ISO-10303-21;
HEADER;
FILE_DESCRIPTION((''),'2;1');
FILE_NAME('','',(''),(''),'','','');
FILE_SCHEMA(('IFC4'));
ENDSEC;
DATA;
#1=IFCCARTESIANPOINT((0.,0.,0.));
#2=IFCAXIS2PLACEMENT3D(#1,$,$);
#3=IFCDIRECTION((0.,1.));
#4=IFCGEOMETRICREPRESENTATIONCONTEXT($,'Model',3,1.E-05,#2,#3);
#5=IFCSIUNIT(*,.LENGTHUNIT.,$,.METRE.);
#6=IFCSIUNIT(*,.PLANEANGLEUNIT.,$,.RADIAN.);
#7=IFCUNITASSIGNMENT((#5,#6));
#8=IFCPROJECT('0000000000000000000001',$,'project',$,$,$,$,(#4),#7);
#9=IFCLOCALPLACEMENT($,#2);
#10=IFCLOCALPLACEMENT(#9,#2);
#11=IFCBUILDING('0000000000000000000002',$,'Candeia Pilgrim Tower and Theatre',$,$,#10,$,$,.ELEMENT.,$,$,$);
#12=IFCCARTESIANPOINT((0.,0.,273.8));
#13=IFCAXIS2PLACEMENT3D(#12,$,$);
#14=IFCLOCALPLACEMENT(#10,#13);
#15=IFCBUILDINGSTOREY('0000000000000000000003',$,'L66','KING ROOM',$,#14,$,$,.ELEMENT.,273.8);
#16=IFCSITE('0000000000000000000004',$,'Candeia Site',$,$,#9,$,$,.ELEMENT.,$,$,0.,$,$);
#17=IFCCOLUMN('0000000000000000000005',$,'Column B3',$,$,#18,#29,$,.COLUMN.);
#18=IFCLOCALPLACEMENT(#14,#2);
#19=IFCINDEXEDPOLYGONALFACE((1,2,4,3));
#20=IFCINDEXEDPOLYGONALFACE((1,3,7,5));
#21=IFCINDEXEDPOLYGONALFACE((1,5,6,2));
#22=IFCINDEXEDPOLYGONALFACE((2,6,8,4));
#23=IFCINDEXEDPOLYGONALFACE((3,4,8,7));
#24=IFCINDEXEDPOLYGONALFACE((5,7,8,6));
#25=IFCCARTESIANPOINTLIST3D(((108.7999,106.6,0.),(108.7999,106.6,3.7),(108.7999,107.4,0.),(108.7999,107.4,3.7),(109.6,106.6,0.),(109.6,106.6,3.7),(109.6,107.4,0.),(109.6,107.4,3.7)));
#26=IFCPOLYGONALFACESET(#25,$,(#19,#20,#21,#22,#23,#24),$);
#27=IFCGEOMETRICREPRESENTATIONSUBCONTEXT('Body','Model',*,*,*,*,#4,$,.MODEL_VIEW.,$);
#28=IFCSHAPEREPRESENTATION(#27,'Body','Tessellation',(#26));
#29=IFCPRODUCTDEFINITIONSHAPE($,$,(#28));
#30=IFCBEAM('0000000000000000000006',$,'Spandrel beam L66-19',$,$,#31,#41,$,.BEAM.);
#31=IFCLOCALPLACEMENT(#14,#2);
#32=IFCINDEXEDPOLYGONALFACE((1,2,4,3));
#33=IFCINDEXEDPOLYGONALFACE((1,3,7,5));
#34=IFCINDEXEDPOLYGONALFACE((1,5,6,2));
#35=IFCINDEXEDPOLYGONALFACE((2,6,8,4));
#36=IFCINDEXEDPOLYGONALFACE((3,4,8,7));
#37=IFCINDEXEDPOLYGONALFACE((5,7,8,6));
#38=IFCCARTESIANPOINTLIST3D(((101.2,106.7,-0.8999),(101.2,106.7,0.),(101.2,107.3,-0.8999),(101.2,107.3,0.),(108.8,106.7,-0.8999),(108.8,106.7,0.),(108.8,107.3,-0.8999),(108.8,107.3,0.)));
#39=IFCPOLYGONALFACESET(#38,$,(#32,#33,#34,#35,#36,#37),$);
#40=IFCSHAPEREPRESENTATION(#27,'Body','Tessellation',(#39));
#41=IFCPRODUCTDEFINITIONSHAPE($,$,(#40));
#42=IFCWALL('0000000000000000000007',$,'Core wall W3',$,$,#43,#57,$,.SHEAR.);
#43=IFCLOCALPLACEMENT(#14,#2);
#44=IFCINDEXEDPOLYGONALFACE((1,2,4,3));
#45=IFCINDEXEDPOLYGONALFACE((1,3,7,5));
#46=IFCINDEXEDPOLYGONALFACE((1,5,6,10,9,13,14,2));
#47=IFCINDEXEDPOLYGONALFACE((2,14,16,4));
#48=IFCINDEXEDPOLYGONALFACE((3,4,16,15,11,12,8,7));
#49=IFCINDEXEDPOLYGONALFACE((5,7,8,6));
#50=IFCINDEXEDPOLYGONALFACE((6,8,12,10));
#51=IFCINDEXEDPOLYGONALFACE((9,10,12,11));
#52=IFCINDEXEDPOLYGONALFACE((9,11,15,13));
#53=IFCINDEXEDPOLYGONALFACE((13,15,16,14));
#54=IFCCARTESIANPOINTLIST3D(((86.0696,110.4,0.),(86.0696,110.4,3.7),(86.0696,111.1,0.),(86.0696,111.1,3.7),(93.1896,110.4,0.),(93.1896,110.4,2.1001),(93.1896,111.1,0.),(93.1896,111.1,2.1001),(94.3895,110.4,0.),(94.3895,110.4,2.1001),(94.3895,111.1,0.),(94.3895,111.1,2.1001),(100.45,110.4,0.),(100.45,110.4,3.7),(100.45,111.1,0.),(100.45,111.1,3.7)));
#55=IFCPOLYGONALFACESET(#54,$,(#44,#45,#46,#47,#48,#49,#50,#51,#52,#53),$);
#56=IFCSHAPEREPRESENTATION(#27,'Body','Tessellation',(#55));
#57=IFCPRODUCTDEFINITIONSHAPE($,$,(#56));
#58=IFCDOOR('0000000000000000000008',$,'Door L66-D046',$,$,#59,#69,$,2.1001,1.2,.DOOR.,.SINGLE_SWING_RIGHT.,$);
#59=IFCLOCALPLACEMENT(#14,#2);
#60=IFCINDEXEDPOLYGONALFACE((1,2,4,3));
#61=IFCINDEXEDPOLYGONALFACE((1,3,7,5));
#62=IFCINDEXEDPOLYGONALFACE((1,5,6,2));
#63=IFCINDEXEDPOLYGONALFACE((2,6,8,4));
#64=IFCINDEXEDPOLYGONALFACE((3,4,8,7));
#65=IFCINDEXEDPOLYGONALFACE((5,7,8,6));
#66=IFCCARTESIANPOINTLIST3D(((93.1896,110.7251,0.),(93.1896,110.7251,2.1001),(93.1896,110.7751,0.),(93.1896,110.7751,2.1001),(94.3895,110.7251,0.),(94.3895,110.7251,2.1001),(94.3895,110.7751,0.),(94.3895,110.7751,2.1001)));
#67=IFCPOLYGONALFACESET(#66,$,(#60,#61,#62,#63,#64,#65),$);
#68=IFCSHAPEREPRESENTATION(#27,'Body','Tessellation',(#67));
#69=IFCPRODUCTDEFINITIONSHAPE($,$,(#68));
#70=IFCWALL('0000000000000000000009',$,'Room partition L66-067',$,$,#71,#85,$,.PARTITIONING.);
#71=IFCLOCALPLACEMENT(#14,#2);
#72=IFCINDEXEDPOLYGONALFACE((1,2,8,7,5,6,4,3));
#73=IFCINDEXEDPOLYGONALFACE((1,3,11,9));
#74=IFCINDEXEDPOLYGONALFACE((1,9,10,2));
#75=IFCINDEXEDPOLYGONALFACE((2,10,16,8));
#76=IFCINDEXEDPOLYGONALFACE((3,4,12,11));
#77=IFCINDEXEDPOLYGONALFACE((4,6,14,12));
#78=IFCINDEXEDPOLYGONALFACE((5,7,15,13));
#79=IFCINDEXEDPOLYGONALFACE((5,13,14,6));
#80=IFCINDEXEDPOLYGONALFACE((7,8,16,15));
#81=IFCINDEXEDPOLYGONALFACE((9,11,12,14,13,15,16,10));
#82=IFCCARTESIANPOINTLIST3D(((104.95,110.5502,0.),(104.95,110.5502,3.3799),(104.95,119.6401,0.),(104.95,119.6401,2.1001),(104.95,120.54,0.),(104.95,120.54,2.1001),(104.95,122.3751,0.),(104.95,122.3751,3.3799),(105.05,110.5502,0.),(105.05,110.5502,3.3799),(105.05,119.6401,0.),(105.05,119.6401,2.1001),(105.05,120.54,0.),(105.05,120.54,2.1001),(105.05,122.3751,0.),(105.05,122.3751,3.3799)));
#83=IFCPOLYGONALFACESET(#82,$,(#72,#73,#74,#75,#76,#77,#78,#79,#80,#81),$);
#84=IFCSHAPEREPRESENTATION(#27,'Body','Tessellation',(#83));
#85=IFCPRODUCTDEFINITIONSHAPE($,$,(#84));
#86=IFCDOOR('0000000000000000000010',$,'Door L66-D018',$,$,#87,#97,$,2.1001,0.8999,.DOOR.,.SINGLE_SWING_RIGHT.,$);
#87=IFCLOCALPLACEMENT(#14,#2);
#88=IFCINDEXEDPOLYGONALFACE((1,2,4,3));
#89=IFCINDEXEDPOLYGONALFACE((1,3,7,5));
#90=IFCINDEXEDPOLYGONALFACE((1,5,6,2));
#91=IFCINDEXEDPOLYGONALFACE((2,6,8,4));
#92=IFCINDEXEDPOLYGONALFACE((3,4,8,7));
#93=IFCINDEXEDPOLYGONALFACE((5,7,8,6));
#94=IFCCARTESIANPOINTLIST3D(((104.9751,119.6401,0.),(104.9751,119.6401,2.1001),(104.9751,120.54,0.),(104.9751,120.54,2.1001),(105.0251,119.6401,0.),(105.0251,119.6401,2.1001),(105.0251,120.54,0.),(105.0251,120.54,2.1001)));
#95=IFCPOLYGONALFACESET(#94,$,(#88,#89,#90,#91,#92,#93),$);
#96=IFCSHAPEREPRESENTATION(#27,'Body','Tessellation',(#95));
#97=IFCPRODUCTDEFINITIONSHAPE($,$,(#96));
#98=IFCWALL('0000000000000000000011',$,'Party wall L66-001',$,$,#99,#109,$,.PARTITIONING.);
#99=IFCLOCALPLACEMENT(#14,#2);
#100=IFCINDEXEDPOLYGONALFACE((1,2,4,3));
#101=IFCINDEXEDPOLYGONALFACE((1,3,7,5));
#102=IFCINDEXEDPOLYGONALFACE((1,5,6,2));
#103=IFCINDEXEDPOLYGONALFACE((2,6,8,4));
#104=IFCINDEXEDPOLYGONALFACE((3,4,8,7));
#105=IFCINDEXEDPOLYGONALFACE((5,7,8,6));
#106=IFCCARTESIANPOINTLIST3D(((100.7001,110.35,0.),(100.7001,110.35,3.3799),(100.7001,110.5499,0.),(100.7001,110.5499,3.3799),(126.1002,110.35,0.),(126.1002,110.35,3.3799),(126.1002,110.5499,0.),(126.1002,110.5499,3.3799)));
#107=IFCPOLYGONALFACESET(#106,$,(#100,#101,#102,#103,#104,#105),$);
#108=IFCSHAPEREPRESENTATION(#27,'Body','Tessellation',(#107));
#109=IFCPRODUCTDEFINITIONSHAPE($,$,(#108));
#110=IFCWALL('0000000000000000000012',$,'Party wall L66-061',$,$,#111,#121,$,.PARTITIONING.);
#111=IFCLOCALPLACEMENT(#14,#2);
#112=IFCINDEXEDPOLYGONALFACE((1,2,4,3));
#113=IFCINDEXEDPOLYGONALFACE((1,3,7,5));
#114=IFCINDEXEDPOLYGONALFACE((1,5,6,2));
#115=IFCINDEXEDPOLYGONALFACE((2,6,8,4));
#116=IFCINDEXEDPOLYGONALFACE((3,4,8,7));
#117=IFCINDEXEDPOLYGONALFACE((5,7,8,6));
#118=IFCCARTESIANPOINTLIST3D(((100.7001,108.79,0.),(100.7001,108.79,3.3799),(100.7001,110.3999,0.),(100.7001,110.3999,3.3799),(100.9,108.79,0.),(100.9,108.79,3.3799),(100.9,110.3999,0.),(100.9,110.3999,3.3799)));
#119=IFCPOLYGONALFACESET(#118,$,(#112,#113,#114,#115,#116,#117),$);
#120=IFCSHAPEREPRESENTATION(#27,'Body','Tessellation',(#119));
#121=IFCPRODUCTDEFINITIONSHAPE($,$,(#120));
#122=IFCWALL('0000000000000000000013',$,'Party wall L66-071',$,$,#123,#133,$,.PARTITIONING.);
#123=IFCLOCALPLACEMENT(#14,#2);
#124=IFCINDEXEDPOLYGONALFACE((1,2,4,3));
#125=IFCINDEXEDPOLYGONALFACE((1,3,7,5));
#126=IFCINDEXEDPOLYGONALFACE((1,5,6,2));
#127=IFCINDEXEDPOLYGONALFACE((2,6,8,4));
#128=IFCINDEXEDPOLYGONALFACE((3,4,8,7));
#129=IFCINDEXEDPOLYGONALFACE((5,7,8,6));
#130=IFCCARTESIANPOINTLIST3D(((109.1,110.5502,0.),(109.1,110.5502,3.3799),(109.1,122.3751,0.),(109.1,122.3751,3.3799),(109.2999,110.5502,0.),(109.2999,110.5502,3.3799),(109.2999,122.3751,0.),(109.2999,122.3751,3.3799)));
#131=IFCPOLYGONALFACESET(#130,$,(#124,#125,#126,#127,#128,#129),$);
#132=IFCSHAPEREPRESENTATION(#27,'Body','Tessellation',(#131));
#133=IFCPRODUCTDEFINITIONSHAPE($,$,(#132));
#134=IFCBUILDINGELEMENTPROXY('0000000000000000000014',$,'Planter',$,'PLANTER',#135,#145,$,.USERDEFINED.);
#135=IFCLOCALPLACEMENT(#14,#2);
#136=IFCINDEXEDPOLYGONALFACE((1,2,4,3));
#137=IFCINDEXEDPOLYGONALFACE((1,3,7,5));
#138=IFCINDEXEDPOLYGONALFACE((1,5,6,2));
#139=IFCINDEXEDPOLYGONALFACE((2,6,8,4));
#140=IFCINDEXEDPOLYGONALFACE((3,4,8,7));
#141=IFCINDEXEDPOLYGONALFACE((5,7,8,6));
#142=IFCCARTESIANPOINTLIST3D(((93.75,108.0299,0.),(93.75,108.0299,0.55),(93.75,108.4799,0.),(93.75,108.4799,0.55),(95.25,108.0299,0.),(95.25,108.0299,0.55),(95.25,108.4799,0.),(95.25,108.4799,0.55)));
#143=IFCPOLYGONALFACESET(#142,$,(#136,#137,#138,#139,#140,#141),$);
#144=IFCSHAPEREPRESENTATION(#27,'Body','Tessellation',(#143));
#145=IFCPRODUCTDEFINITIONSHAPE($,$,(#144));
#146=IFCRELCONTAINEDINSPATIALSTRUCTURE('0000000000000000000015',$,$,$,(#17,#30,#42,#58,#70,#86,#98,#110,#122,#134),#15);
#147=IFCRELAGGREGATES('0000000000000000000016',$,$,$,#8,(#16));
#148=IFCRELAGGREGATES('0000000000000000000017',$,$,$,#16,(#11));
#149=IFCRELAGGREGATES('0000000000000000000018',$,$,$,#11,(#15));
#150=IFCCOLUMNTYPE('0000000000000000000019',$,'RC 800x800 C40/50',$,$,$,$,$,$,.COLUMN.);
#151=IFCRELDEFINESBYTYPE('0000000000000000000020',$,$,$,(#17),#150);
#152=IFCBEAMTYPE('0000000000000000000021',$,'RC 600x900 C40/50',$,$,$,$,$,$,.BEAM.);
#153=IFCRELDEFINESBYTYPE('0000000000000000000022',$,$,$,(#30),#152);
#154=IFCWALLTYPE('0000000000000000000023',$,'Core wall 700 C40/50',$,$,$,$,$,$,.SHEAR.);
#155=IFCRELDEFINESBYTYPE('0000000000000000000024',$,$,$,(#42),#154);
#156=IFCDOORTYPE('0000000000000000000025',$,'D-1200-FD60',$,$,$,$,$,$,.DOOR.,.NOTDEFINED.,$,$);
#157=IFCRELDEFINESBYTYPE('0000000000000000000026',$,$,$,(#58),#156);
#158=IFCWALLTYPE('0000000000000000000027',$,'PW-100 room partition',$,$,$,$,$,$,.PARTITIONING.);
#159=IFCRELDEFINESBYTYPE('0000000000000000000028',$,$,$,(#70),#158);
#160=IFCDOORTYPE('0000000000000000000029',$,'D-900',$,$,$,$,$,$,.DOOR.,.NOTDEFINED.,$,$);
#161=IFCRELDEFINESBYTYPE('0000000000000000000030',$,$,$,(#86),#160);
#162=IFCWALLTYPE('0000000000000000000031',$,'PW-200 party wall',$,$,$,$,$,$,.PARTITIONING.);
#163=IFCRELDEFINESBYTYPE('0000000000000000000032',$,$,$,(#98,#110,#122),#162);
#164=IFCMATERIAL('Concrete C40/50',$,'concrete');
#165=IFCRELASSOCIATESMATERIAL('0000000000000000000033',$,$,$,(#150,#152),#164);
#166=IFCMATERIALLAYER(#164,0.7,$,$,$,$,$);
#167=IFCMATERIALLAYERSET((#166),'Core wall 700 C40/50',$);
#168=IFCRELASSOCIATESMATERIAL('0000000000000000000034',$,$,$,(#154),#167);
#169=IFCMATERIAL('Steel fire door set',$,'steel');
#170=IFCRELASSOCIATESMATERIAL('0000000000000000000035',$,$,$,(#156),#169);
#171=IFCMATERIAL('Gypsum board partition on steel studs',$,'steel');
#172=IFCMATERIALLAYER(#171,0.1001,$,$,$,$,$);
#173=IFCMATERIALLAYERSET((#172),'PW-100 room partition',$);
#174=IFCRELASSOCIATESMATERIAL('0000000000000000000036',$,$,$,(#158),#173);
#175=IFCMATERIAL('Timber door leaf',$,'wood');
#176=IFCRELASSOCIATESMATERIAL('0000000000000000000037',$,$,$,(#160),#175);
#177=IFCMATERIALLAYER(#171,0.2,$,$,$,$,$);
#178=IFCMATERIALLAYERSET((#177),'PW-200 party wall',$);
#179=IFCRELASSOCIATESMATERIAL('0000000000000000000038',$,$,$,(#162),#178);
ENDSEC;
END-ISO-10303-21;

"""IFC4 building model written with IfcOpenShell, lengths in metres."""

from ifc_helpers import new_model, si_unit, direction, frame, frame_2d, origin, origin_2d, place, context, subcontext, project, spatial, rectangle, extrude, material, layer, layer_set, material_profile, profile_set, type_object, element, fill, save


model = new_model("IFC4")

# Units and contexts
model_context = context("Model", 3, precision=1e-05, world=origin(), true_north=direction((0.0, 1.0)))
body_context = subcontext(model_context, "Body", "Model", "MODEL_VIEW")
ifc_project = project(units=[si_unit("LENGTHUNIT", "METRE"), si_unit("PLANEANGLEUNIT", "RADIAN")], contexts=[model_context])

# Site, building, storey
site_placement = place(None, origin())
site = spatial("IfcSite", under=ifc_project, at=site_placement, Name="Candeia Site", CompositionType="ELEMENT", RefElevation=0.0)
building_placement = place(site_placement, origin())
building = spatial("IfcBuilding", under=site, at=building_placement, Name="Candeia Pilgrim Tower and Theatre", CompositionType="ELEMENT")
storey_placement = place(building_placement, frame((0.0, 0.0, 273.8)))
storey = spatial("IfcBuildingStorey", under=building, at=storey_placement, Name="L66", Description="KING ROOM", CompositionType="ELEMENT", Elevation=273.8)

# Column
ifc_material_1 = material(Name="Concrete C40/50", Category="concrete")
ifc_material_profile_1 = material_profile(ifc_material_1, rectangle(XDim=0.8, YDim=0.8, at=origin_2d()))
ifc_profile_set_1 = profile_set([ifc_material_profile_1], Name="Concrete C40/50")
column_type = type_object("IfcColumnType", Name="RC 800x800 C40/50", PredefinedType="COLUMN", material=ifc_profile_set_1)
column_placement = place(storey_placement, frame((109.2, 107.0, 0.0), z_axis=(0.0, 0.0, 1.0), x_axis=(1.0, 0.0, 0.0)))
element("IfcColumn", 1, at=column_placement, inside=storey, type_object=column_type, Name="Column B3", PredefinedType="COLUMN", context=body_context, shape_type="SweptSolid", body=[
    extrude(rectangle(XDim=0.8, YDim=0.8, at=origin_2d()), origin(), (0.0, 0.0, 1.0), 3.7),
])

# Beam
ifc_material_profile_2 = material_profile(ifc_material_1, rectangle(XDim=0.6001, YDim=0.8999, at=origin_2d()))
ifc_profile_set_2 = profile_set([ifc_material_profile_2], Name="Concrete C40/50")
beam_type = type_object("IfcBeamType", Name="RC 600x900 C40/50", PredefinedType="BEAM", material=ifc_profile_set_2)
beam_placement = place(storey_placement, frame((108.8, 107.0, -0.45), z_axis=(-1.0, 0.0, 0.0), x_axis=(0.0, -1.0, 0.0)))
element("IfcBeam", 2, at=beam_placement, inside=storey, type_object=beam_type, Name="Spandrel beam L66-19", PredefinedType="BEAM", context=body_context, shape_type="SweptSolid", body=[
    extrude(rectangle(XDim=0.6001, YDim=0.8999, at=origin_2d()), origin(), (0.0, 0.0, 1.0), 7.6001),
])

# Walls, openings, doors
ifc_layer_1 = layer(ifc_material_1, 0.7)
ifc_layer_set_1 = layer_set([ifc_layer_1], Name="Core wall 700 C40/50")
wall_type_1 = type_object("IfcWallType", Name="Core wall 700 C40/50", PredefinedType="SHEAR", material=ifc_layer_set_1)
wall_1_placement = place(storey_placement, frame((100.45, 110.75, 0.0), z_axis=(0.0, 0.0, 1.0), x_axis=(-1.0, 0.0, 0.0)))
wall_1 = element("IfcWall", 3, at=wall_1_placement, inside=storey, type_object=wall_type_1, Name="Core wall W3", PredefinedType="SHEAR", context=body_context, shape_type="SweptSolid", body=[
    extrude(rectangle(XDim=14.3804, YDim=0.7, at=frame_2d((7.1902, 0.0))), origin(), (0.0, 0.0, 1.0), 3.7),
])
opening_1_placement = place(wall_1_placement, frame((6.0603, 0.0, 0.0)))
opening_1 = element("IfcOpeningElement", 4, at=opening_1_placement, cuts=wall_1, PredefinedType="OPENING", context=body_context, shape_type="SweptSolid", body=[
    extrude(rectangle(XDim=1.2, YDim=2.1001, at=frame_2d((0.6001, 1.05))), frame((0.0, 0.3599, 0.0), z_axis=(0.0, -1.0, 0.0), x_axis=(1.0, 0.0, 0.0)), (0.0, 0.0, 1.0), 0.72),
])
ifc_material_2 = material(Name="Steel fire door set", Category="steel")
door_type_1 = type_object("IfcDoorType", Name="D-1200-FD60", OperationType="NOTDEFINED", PredefinedType="DOOR", material=ifc_material_2)
door_1_placement = place(opening_1_placement, origin())
door_1 = element("IfcDoor", 5, at=door_1_placement, inside=storey, type_object=door_type_1, Name="Door L66-D046", OperationType="SINGLE_SWING_RIGHT", OverallHeight=2.1001, OverallWidth=1.2, PredefinedType="DOOR", context=body_context, shape_type="SweptSolid", body=[
    extrude(rectangle(XDim=1.2, YDim=2.1001, at=frame_2d((0.6001, 1.05))), frame((0.0, 0.0249, 0.0), z_axis=(0.0, -1.0, 0.0), x_axis=(1.0, 0.0, 0.0)), (0.0, 0.0, 1.0), 0.05),
])
fill(opening_1, door_1)
ifc_material_3 = material(Name="Gypsum board partition on steel studs", Category="steel")
ifc_layer_2 = layer(ifc_material_3, 0.1001)
ifc_layer_set_2 = layer_set([ifc_layer_2], Name="PW-100 room partition")
wall_type_2 = type_object("IfcWallType", Name="PW-100 room partition", PredefinedType="PARTITIONING", material=ifc_layer_set_2)
wall_2_placement = place(storey_placement, frame((105.0, 110.55, 0.0), z_axis=(0.0, 0.0, 1.0), x_axis=(0.0, 1.0, 0.0)))
wall_2 = element("IfcWall", 6, at=wall_2_placement, inside=storey, type_object=wall_type_2, Name="Room partition L66-067", PredefinedType="PARTITIONING", context=body_context, shape_type="SweptSolid", body=[
    extrude(rectangle(XDim=11.825, YDim=0.1001, at=frame_2d((5.9126, 0.0))), origin(), (0.0, 0.0, 1.0), 3.3799),
])
opening_2_placement = place(wall_2_placement, frame((9.0901, 0.0, 0.0)))
opening_2 = element("IfcOpeningElement", 7, at=opening_2_placement, cuts=wall_2, PredefinedType="OPENING", context=body_context, shape_type="SweptSolid", body=[
    extrude(rectangle(XDim=0.8999, YDim=2.1001, at=frame_2d((0.45, 1.05))), frame((0.0, 0.0601, 0.0), z_axis=(0.0, -1.0, 0.0), x_axis=(1.0, 0.0, 0.0)), (0.0, 0.0, 1.0), 0.1201),
])
ifc_material_4 = material(Name="Timber door leaf", Category="wood")
door_type_2 = type_object("IfcDoorType", Name="D-900", OperationType="NOTDEFINED", PredefinedType="DOOR", material=ifc_material_4)
door_2_placement = place(opening_2_placement, origin())
door_2 = element("IfcDoor", 8, at=door_2_placement, inside=storey, type_object=door_type_2, Name="Door L66-D018", OperationType="SINGLE_SWING_RIGHT", OverallHeight=2.1001, OverallWidth=0.8999, PredefinedType="DOOR", context=body_context, shape_type="SweptSolid", body=[
    extrude(rectangle(XDim=0.8999, YDim=2.1001, at=frame_2d((0.45, 1.05))), frame((0.0, 0.0249, 0.0), z_axis=(0.0, -1.0, 0.0), x_axis=(1.0, 0.0, 0.0)), (0.0, 0.0, 1.0), 0.05),
])
fill(opening_2, door_2)

# Walls
ifc_layer_3 = layer(ifc_material_3, 0.2)
ifc_layer_set_3 = layer_set([ifc_layer_3], Name="PW-200 party wall")
wall_type_3 = type_object("IfcWallType", Name="PW-200 party wall", PredefinedType="PARTITIONING", material=ifc_layer_set_3)
wall_3_placement = place(storey_placement, frame((100.7, 110.45, 0.0), z_axis=(0.0, 0.0, 1.0), x_axis=(1.0, 0.0, 0.0)))
element("IfcWall", 9, at=wall_3_placement, inside=storey, type_object=wall_type_3, Name="Party wall L66-001", PredefinedType="PARTITIONING", context=body_context, shape_type="SweptSolid", body=[
    extrude(rectangle(XDim=25.4001, YDim=0.2, at=frame_2d((12.7002, 0.0))), origin(), (0.0, 0.0, 1.0), 3.3799),
])
wall_4_placement = place(storey_placement, frame((100.8, 108.79, 0.0), z_axis=(0.0, 0.0, 1.0), x_axis=(0.0, 1.0, 0.0)))
element("IfcWall", 10, at=wall_4_placement, inside=storey, type_object=wall_type_3, Name="Party wall L66-061", PredefinedType="PARTITIONING", context=body_context, shape_type="SweptSolid", body=[
    extrude(rectangle(XDim=1.6099, YDim=0.2, at=frame_2d((0.8049, 0.0))), origin(), (0.0, 0.0, 1.0), 3.3799),
])
wall_5_placement = place(storey_placement, frame((109.2, 110.55, 0.0), z_axis=(0.0, 0.0, 1.0), x_axis=(0.0, 1.0, 0.0)))
element("IfcWall", 11, at=wall_5_placement, inside=storey, type_object=wall_type_3, Name="Party wall L66-071", PredefinedType="PARTITIONING", context=body_context, shape_type="SweptSolid", body=[
    extrude(rectangle(XDim=11.825, YDim=0.2, at=frame_2d((5.9126, 0.0))), origin(), (0.0, 0.0, 1.0), 3.3799),
])

# Building element proxy
proxy_placement = place(storey_placement, frame((94.5, 108.2549, 0.0), z_axis=(0.0, 0.0, 1.0), x_axis=(1.0, 0.0, 0.0)))
element("IfcBuildingElementProxy", 12, at=proxy_placement, inside=storey, Name="Planter", ObjectType="PLANTER", PredefinedType="USERDEFINED", context=body_context, shape_type="SweptSolid", body=[
    extrude(rectangle(XDim=1.5, YDim=0.45, at=origin_2d()), origin(), (0.0, 0.0, 1.0), 0.55),
])

save(model, "model.ifc")
